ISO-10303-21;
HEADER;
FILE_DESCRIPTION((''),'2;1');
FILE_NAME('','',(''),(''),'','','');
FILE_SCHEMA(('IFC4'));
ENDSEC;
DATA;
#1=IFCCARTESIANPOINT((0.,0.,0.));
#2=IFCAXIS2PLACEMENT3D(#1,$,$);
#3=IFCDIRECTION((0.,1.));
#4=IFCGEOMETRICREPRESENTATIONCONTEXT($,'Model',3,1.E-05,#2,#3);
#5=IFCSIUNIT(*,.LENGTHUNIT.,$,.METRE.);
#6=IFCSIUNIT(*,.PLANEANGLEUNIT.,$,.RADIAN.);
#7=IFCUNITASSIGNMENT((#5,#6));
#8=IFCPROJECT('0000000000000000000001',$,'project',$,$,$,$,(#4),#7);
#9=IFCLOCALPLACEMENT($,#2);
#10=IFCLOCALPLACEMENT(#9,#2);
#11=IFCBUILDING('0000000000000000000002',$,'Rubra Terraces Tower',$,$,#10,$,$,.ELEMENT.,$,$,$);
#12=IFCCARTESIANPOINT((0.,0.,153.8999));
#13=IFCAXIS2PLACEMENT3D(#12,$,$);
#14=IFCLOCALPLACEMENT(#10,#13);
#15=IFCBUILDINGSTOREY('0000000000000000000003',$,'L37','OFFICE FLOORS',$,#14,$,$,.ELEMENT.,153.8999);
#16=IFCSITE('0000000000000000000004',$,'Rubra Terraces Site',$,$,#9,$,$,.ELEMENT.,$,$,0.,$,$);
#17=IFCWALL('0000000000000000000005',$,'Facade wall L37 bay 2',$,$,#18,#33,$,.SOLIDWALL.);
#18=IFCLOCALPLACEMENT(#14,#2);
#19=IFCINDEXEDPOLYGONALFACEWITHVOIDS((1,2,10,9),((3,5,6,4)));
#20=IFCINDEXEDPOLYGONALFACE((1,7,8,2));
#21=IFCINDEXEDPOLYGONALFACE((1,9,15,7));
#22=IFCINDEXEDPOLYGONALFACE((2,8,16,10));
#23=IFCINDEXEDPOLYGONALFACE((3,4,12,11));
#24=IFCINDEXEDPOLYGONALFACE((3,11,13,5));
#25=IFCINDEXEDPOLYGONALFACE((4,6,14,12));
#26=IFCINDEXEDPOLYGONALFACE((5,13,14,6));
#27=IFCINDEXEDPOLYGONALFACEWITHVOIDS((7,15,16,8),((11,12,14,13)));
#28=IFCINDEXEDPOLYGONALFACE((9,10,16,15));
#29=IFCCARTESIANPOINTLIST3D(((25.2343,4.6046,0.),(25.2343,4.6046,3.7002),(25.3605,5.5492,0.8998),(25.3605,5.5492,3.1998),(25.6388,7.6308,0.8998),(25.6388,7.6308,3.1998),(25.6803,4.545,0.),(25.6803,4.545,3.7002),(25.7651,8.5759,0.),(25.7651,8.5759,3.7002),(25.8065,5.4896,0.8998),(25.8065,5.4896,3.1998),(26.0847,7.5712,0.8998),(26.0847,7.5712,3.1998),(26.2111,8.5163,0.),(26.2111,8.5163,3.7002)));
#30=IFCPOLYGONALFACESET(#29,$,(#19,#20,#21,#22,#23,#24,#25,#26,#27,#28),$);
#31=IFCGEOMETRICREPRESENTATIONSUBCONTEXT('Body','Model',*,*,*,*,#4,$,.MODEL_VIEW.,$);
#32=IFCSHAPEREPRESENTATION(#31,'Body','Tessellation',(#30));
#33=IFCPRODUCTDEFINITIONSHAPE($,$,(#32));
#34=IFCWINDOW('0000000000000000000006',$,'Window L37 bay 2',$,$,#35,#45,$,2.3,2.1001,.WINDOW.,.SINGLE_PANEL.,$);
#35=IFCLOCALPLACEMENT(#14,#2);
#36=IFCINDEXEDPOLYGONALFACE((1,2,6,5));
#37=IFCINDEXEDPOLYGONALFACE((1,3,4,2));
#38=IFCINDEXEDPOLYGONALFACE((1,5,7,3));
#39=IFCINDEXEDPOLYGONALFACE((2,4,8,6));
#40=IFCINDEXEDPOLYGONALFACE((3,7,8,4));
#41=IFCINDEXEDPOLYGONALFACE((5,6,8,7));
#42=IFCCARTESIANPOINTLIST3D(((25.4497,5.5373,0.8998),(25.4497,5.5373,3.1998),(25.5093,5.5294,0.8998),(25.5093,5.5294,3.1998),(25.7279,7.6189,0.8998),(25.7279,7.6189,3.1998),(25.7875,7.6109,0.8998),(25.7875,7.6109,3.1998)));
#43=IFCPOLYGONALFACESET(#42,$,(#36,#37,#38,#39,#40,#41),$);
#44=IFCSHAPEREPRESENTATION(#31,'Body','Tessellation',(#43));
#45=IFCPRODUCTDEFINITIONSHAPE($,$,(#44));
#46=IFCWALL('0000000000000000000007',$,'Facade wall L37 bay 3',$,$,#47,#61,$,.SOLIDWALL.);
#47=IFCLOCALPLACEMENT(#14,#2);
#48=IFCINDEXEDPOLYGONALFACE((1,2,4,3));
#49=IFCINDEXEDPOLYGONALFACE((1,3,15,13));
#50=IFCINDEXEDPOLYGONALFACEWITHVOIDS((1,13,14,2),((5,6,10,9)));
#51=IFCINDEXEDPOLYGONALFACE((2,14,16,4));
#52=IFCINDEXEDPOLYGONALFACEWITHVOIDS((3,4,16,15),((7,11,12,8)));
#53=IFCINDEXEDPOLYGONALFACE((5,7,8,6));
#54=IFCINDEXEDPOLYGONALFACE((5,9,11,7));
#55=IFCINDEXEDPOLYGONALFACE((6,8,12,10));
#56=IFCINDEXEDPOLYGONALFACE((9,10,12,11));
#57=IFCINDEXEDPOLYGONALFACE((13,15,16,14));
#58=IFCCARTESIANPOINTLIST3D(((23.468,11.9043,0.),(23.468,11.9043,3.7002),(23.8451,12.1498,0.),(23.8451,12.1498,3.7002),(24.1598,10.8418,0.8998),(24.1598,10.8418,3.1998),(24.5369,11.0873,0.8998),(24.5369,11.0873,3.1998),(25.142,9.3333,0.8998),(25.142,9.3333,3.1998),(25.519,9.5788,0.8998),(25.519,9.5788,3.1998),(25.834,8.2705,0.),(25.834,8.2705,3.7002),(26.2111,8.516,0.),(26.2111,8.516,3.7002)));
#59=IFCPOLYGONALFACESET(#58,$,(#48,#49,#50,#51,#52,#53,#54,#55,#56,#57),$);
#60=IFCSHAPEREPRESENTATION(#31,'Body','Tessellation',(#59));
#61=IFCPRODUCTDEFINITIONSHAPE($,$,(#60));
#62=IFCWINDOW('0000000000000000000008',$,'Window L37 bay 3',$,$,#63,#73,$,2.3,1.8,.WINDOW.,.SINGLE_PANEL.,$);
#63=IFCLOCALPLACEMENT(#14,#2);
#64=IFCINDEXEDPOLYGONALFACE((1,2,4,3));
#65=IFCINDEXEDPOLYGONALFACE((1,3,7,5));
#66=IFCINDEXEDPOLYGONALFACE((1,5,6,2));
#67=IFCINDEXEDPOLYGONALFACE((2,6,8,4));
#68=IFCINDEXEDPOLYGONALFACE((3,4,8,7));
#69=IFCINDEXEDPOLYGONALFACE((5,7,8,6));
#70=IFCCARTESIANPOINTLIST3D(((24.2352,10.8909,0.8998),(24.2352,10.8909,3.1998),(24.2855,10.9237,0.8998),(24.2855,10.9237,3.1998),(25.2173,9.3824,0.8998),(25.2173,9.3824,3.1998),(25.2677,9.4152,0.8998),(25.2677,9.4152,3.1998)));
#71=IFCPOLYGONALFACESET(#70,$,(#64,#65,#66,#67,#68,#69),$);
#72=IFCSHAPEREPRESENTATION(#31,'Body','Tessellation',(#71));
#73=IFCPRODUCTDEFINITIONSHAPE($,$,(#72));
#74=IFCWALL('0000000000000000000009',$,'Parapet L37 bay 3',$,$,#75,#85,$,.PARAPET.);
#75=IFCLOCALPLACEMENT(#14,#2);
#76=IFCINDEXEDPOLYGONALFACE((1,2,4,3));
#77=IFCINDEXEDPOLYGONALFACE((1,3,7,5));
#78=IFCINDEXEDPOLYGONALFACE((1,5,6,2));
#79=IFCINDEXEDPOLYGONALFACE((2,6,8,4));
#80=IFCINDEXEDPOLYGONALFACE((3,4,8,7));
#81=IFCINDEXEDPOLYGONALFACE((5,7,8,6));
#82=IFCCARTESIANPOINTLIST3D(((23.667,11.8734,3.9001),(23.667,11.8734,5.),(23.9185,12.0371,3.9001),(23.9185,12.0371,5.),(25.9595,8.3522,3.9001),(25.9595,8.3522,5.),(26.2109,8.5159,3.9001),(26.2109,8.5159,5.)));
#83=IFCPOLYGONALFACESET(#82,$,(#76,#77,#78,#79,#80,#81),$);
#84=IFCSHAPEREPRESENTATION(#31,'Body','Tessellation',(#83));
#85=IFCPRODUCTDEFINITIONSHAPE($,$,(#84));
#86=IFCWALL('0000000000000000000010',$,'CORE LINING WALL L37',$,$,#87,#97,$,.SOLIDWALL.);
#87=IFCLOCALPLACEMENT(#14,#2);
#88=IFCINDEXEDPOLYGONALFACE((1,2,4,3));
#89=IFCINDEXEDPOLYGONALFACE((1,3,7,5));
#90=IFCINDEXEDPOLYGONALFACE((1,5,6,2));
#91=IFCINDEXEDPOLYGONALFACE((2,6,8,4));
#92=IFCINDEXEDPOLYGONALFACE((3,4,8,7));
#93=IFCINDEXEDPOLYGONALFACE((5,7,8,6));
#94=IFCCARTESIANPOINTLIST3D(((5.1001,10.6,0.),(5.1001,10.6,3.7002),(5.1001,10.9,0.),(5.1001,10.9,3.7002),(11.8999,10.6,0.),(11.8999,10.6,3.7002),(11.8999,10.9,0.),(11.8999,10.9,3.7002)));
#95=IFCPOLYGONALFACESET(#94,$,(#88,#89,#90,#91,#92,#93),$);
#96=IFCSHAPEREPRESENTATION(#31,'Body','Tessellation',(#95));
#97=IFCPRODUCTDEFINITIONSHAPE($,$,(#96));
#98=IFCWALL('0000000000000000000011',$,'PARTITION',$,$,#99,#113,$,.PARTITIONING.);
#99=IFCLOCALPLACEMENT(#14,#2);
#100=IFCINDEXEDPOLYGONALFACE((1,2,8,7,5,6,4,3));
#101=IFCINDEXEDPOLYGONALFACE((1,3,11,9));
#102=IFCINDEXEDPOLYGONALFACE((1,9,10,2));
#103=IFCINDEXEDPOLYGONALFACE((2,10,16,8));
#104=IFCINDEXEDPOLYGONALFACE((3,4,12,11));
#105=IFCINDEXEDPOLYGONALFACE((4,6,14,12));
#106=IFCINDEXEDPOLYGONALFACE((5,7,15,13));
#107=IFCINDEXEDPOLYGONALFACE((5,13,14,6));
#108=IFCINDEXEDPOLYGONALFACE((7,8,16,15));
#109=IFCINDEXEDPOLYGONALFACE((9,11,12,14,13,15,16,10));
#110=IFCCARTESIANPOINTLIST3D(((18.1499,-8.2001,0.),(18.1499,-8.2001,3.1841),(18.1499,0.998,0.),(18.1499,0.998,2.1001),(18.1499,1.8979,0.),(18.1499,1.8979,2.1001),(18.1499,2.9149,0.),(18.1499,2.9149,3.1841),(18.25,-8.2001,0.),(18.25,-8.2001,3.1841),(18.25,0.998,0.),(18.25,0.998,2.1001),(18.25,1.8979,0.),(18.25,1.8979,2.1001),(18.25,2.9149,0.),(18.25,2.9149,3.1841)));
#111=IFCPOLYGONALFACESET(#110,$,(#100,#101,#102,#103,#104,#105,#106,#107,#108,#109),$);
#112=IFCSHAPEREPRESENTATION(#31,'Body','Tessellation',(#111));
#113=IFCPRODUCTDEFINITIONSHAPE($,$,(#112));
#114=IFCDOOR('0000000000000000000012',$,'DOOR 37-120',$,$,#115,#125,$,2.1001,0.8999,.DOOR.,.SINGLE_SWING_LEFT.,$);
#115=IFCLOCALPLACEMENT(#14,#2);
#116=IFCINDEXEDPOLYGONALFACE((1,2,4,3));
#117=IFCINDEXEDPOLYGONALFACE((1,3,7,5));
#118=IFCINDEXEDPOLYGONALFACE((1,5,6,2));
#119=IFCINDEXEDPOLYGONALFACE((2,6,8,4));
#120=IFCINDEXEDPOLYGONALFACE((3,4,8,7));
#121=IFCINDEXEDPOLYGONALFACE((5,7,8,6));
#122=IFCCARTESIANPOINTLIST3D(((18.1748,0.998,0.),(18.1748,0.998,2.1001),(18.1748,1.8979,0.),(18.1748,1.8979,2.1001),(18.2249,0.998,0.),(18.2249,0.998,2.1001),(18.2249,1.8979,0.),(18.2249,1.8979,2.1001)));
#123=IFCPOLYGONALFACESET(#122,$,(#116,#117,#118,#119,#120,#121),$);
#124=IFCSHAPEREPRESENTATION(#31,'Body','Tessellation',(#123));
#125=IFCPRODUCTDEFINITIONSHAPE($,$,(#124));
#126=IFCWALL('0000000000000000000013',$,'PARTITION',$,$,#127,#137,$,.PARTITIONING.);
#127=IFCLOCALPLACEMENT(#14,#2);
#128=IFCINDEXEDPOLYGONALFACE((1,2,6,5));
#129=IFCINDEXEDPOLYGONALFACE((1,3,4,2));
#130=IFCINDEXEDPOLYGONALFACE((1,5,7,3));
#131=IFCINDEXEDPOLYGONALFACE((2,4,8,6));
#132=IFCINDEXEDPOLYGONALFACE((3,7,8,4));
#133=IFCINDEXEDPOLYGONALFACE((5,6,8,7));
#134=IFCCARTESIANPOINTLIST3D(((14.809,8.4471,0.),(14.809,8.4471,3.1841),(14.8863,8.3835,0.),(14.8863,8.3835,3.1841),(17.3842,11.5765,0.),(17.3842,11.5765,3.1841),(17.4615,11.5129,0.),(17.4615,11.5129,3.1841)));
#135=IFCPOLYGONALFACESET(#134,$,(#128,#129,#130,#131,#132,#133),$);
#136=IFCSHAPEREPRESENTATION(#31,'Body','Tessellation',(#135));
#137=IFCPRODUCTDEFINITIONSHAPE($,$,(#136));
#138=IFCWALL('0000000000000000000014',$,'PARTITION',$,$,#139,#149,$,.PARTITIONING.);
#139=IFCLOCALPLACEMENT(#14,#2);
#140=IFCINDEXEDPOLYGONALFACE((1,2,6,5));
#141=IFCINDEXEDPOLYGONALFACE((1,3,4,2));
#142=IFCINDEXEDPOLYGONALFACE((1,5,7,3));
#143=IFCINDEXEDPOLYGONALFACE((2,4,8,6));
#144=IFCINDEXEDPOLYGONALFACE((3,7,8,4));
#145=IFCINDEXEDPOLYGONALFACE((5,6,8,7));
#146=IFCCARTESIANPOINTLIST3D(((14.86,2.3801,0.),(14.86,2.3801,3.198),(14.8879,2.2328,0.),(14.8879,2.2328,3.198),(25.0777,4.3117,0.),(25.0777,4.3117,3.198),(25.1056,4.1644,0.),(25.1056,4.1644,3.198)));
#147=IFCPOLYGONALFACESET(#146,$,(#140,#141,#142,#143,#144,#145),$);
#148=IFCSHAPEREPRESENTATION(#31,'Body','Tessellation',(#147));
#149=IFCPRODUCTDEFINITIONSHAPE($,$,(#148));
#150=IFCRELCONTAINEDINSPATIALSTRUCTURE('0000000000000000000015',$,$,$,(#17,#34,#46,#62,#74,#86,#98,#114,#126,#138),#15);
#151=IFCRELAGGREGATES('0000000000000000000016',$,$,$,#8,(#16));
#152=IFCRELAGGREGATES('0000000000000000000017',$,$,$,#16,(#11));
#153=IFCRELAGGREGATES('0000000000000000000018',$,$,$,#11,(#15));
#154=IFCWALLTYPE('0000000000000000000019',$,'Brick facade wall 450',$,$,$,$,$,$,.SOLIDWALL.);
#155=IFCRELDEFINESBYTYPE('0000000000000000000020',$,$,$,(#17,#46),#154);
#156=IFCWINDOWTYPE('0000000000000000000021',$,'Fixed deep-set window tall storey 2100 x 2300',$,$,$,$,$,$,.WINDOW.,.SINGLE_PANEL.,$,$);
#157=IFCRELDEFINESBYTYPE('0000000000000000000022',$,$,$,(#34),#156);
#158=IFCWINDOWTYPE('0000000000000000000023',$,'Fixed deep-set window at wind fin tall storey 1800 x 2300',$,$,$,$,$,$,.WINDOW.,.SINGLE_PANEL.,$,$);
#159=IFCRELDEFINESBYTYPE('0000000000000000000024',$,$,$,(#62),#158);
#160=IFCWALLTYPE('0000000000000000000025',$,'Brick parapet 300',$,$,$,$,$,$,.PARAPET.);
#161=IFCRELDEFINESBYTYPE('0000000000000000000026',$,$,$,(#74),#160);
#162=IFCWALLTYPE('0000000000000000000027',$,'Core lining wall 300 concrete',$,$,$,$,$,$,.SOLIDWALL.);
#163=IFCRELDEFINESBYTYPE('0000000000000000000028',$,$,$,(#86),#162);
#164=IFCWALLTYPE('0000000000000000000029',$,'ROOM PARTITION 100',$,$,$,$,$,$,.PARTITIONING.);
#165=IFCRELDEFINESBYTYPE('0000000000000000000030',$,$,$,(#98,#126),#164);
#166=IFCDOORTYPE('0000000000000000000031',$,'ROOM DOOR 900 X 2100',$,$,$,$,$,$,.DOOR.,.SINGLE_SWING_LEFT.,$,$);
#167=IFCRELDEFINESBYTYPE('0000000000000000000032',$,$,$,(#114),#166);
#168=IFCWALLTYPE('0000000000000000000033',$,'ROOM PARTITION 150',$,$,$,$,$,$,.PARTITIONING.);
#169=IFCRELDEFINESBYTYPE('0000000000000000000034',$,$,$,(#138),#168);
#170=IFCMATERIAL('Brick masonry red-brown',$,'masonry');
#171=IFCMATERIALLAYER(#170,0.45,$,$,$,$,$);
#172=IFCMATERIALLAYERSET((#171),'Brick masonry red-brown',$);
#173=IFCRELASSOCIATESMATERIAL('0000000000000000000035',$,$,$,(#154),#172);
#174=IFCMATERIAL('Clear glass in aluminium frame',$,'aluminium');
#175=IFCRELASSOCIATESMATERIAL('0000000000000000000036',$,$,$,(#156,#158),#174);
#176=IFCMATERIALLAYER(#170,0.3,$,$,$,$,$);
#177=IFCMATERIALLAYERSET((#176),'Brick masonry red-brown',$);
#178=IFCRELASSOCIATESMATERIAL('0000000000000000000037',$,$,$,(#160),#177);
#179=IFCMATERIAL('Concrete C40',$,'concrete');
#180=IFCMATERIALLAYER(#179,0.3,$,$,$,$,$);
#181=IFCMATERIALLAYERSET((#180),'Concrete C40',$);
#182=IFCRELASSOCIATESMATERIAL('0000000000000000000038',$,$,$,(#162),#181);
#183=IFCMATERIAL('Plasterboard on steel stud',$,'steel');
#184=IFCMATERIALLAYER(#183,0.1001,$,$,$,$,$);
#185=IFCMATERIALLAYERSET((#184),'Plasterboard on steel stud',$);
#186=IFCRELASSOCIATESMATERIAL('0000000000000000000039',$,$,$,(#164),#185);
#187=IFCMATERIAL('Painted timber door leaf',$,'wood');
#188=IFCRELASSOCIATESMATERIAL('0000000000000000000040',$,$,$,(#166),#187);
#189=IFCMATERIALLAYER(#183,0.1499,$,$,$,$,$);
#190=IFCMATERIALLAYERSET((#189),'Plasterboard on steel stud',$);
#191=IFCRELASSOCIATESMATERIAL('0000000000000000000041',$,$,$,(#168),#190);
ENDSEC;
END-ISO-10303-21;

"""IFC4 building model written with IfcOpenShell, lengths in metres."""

from ifc_helpers import new_model, si_unit, direction, frame, frame_2d, origin, place, context, subcontext, project, spatial, rectangle, extrude, material, layer, layer_set, type_object, element, fill, save


model = new_model("IFC4")

# Units and contexts
model_context = context("Model", 3, precision=1e-05, world=origin(), true_north=direction((0.0, 1.0)))
body_context = subcontext(model_context, "Body", "Model", "MODEL_VIEW")
ifc_project = project(units=[si_unit("LENGTHUNIT", "METRE"), si_unit("PLANEANGLEUNIT", "RADIAN")], contexts=[model_context])

# Site, building, storey
site_placement = place(None, origin())
site = spatial("IfcSite", under=ifc_project, at=site_placement, Name="Rubra Terraces Site", CompositionType="ELEMENT", RefElevation=0.0)
building_placement = place(site_placement, origin())
building = spatial("IfcBuilding", under=site, at=building_placement, Name="Rubra Terraces Tower", CompositionType="ELEMENT")
storey_placement = place(building_placement, frame((0.0, 0.0, 153.8999)))
storey = spatial("IfcBuildingStorey", under=building, at=storey_placement, Name="L37", Description="OFFICE FLOORS", CompositionType="ELEMENT", Elevation=153.8999)

# Walls, openings, windows
ifc_material_1 = material(Name="Brick masonry red-brown", Category="masonry")
ifc_layer_1 = layer(ifc_material_1, 0.45)
ifc_layer_set_1 = layer_set([ifc_layer_1], Name="Brick masonry red-brown")
wall_type_1 = type_object("IfcWallType", Name="Brick facade wall 450", PredefinedType="SOLIDWALL", material=ifc_layer_set_1)
wall_1_placement = place(storey_placement, frame((25.4573, 4.5747, 0.0), z_axis=(0.0, 0.0, 1.0), x_axis=(0.132475, 0.991186, 0.0)))
wall_1 = element("IfcWall", 1, at=wall_1_placement, inside=storey, type_object=wall_type_1, Name="Facade wall L37 bay 2", PredefinedType="SOLIDWALL", context=body_context, shape_type="SweptSolid", body=[
    extrude(rectangle(XDim=4.0066, YDim=0.45, at=frame_2d((2.0034, 0.0))), origin(), (0.0, 0.0, 1.0), 3.7002),
])
opening_1_placement = place(wall_1_placement, frame((0.9531, 0.0, 0.8999)))
opening_1 = element("IfcOpeningElement", 2, at=opening_1_placement, cuts=wall_1, PredefinedType="OPENING", context=body_context, shape_type="SweptSolid", body=[
    extrude(rectangle(XDim=2.1001, YDim=2.3, at=frame_2d((1.05, 1.1499))), frame((0.0, 0.2349, 0.0), z_axis=(0.0, -1.0, 0.0), x_axis=(1.0, 0.0, 0.0)), (0.0, 0.0, 1.0), 0.47),
])
ifc_material_2 = material(Name="Clear glass in aluminium frame", Category="aluminium")
window_type_1 = type_object("IfcWindowType", Name="Fixed deep-set window tall storey 2100 x 2300", PartitioningType="SINGLE_PANEL", PredefinedType="WINDOW", material=ifc_material_2)
window_1_placement = place(opening_1_placement, origin())
window_1 = element("IfcWindow", 3, at=window_1_placement, inside=storey, type_object=window_type_1, Name="Window L37 bay 2", OverallHeight=2.3, OverallWidth=2.1001, PartitioningType="SINGLE_PANEL", PredefinedType="WINDOW", context=body_context, shape_type="SweptSolid", body=[
    extrude(rectangle(XDim=2.1001, YDim=2.3, at=frame_2d((1.05, 1.1499))), frame((0.0, 0.135, 0.0), z_axis=(0.0, -1.0, 0.0), x_axis=(1.0, 0.0, 0.0)), (0.0, 0.0, 1.0), 0.0601),
])
fill(opening_1, window_1)
wall_2_placement = place(storey_placement, frame((26.0225, 8.3933, 0.0), z_axis=(0.0, 0.0, 1.0), x_axis=(-0.545637, 0.838021, 0.0)))
wall_2 = element("IfcWall", 4, at=wall_2_placement, inside=storey, type_object=wall_type_1, Name="Facade wall L37 bay 3", PredefinedType="SOLIDWALL", context=body_context, shape_type="SweptSolid", body=[
    extrude(rectangle(XDim=4.3362, YDim=0.45, at=frame_2d((2.168, 0.0))), origin(), (0.0, 0.0, 1.0), 3.7002),
])
opening_2_placement = place(wall_2_placement, frame((1.2683, 0.0, 0.8999)))
opening_2 = element("IfcOpeningElement", 5, at=opening_2_placement, cuts=wall_2, PredefinedType="OPENING", context=body_context, shape_type="SweptSolid", body=[
    extrude(rectangle(XDim=1.8, YDim=2.3, at=frame_2d((0.8999, 1.1499))), frame((0.0, 0.2349, 0.0), z_axis=(0.0, -1.0, 0.0), x_axis=(1.0, 0.0, 0.0)), (0.0, 0.0, 1.0), 0.47),
])
window_type_2 = type_object("IfcWindowType", Name="Fixed deep-set window at wind fin tall storey 1800 x 2300", PartitioningType="SINGLE_PANEL", PredefinedType="WINDOW", material=ifc_material_2)
window_2_placement = place(opening_2_placement, origin())
window_2 = element("IfcWindow", 6, at=window_2_placement, inside=storey, type_object=window_type_2, Name="Window L37 bay 3", OverallHeight=2.3, OverallWidth=1.8, PartitioningType="SINGLE_PANEL", PredefinedType="WINDOW", context=body_context, shape_type="SweptSolid", body=[
    extrude(rectangle(XDim=1.8, YDim=2.3, at=frame_2d((0.8999, 1.1499))), frame((0.0, 0.135, 0.0), z_axis=(0.0, -1.0, 0.0), x_axis=(1.0, 0.0, 0.0)), (0.0, 0.0, 1.0), 0.0601),
])
fill(opening_2, window_2)

# Walls
ifc_layer_2 = layer(ifc_material_1, 0.3)
ifc_layer_set_2 = layer_set([ifc_layer_2], Name="Brick masonry red-brown")
wall_type_2 = type_object("IfcWallType", Name="Brick parapet 300", PredefinedType="PARAPET", material=ifc_layer_set_2)
wall_3_placement = place(storey_placement, frame((26.0852, 8.4341, 3.9001), z_axis=(0.0, 0.0, 1.0), x_axis=(-0.545603, 0.838044, 0.0)))
element("IfcWall", 7, at=wall_3_placement, inside=storey, type_object=wall_type_2, Name="Parapet L37 bay 3", PredefinedType="PARAPET", context=body_context, shape_type="SweptSolid", body=[
    extrude(rectangle(XDim=4.2017, YDim=0.3, at=frame_2d((2.1008, 0.0))), origin(), (0.0, 0.0, 1.0), 1.0999),
])
ifc_material_3 = material(Name="Concrete C40", Category="concrete")
ifc_layer_3 = layer(ifc_material_3, 0.3)
ifc_layer_set_3 = layer_set([ifc_layer_3], Name="Concrete C40")
wall_type_3 = type_object("IfcWallType", Name="Core lining wall 300 concrete", PredefinedType="SOLIDWALL", material=ifc_layer_set_3)
wall_4_placement = place(storey_placement, frame((11.8999, 10.75, 0.0), z_axis=(0.0, 0.0, 1.0), x_axis=(-1.0, 0.0, 0.0)))
element("IfcWall", 8, at=wall_4_placement, inside=storey, type_object=wall_type_3, Name="CORE LINING WALL L37", PredefinedType="SOLIDWALL", context=body_context, shape_type="SweptSolid", body=[
    extrude(rectangle(XDim=6.7998, YDim=0.3, at=frame_2d((3.3999, 0.0))), origin(), (0.0, 0.0, 1.0), 3.7002),
])

# Wall, opening, door
ifc_material_4 = material(Name="Plasterboard on steel stud", Category="steel")
ifc_layer_4 = layer(ifc_material_4, 0.1001)
ifc_layer_set_4 = layer_set([ifc_layer_4], Name="Plasterboard on steel stud")
wall_type_4 = type_object("IfcWallType", Name="ROOM PARTITION 100", PredefinedType="PARTITIONING", material=ifc_layer_set_4)
wall_5_placement = place(storey_placement, frame((18.2, 2.915, 0.0), z_axis=(0.0, 0.0, 1.0), x_axis=(0.0, -1.0, 0.0)))
wall_5 = element("IfcWall", 9, at=wall_5_placement, inside=storey, type_object=wall_type_4, Name="PARTITION", PredefinedType="PARTITIONING", context=body_context, shape_type="SweptSolid", body=[
    extrude(rectangle(XDim=11.115, YDim=0.1001, at=frame_2d((5.5576, 0.0))), origin(), (0.0, 0.0, 1.0), 3.1841),
])
opening_3_placement = place(wall_5_placement, frame((1.0171, 0.0, 0.0)))
opening_3 = element("IfcOpeningElement", 10, at=opening_3_placement, cuts=wall_5, PredefinedType="OPENING", context=body_context, shape_type="SweptSolid", body=[
    extrude(rectangle(XDim=0.8999, YDim=2.1001, at=frame_2d((0.45, 1.05))), frame((0.0, 0.0601, 0.0), z_axis=(0.0, -1.0, 0.0), x_axis=(1.0, 0.0, 0.0)), (0.0, 0.0, 1.0), 0.1201),
])
ifc_material_5 = material(Name="Painted timber door leaf", Category="wood")
door_type_1 = type_object("IfcDoorType", Name="ROOM DOOR 900 X 2100", OperationType="SINGLE_SWING_LEFT", PredefinedType="DOOR", material=ifc_material_5)
door_1_placement = place(opening_3_placement, origin())
door_1 = element("IfcDoor", 11, at=door_1_placement, inside=storey, type_object=door_type_1, Name="DOOR 37-120", OperationType="SINGLE_SWING_LEFT", OverallHeight=2.1001, OverallWidth=0.8999, PredefinedType="DOOR", context=body_context, shape_type="SweptSolid", body=[
    extrude(rectangle(XDim=0.8999, YDim=2.1001, at=frame_2d((0.45, 1.05))), frame((0.0, 0.0249, 0.0), z_axis=(0.0, -1.0, 0.0), x_axis=(1.0, 0.0, 0.0)), (0.0, 0.0, 1.0), 0.05),
])
fill(opening_3, door_1)

# Walls
wall_6_placement = place(storey_placement, frame((14.8477, 8.4153, 0.0), z_axis=(0.0, 0.0, 1.0), x_axis=(0.63542, 0.772167, 0.0)))
element("IfcWall", 12, at=wall_6_placement, inside=storey, type_object=wall_type_4, Name="PARTITION", PredefinedType="PARTITIONING", context=body_context, shape_type="SweptSolid", body=[
    extrude(rectangle(XDim=4.0527, YDim=0.1001, at=frame_2d((2.0264, 0.0))), origin(), (0.0, 0.0, 1.0), 3.1841),
])
ifc_layer_5 = layer(ifc_material_4, 0.1499)
ifc_layer_set_5 = layer_set([ifc_layer_5], Name="Plasterboard on steel stud")
wall_type_5 = type_object("IfcWallType", Name="ROOM PARTITION 150", PredefinedType="PARTITIONING", material=ifc_layer_set_5)
wall_7_placement = place(storey_placement, frame((25.0916, 4.238, 0.0), z_axis=(0.0, 0.0, 1.0), x_axis=(-0.982596, -0.185757, 0.0)))
element("IfcWall", 13, at=wall_7_placement, inside=storey, type_object=wall_type_5, Name="PARTITION", PredefinedType="PARTITIONING", context=body_context, shape_type="SweptSolid", body=[
    extrude(rectangle(XDim=10.3987, YDim=0.1499, at=frame_2d((5.1992, 0.0))), origin(), (0.0, 0.0, 1.0), 3.198),
])

save(model, "model.ifc")
